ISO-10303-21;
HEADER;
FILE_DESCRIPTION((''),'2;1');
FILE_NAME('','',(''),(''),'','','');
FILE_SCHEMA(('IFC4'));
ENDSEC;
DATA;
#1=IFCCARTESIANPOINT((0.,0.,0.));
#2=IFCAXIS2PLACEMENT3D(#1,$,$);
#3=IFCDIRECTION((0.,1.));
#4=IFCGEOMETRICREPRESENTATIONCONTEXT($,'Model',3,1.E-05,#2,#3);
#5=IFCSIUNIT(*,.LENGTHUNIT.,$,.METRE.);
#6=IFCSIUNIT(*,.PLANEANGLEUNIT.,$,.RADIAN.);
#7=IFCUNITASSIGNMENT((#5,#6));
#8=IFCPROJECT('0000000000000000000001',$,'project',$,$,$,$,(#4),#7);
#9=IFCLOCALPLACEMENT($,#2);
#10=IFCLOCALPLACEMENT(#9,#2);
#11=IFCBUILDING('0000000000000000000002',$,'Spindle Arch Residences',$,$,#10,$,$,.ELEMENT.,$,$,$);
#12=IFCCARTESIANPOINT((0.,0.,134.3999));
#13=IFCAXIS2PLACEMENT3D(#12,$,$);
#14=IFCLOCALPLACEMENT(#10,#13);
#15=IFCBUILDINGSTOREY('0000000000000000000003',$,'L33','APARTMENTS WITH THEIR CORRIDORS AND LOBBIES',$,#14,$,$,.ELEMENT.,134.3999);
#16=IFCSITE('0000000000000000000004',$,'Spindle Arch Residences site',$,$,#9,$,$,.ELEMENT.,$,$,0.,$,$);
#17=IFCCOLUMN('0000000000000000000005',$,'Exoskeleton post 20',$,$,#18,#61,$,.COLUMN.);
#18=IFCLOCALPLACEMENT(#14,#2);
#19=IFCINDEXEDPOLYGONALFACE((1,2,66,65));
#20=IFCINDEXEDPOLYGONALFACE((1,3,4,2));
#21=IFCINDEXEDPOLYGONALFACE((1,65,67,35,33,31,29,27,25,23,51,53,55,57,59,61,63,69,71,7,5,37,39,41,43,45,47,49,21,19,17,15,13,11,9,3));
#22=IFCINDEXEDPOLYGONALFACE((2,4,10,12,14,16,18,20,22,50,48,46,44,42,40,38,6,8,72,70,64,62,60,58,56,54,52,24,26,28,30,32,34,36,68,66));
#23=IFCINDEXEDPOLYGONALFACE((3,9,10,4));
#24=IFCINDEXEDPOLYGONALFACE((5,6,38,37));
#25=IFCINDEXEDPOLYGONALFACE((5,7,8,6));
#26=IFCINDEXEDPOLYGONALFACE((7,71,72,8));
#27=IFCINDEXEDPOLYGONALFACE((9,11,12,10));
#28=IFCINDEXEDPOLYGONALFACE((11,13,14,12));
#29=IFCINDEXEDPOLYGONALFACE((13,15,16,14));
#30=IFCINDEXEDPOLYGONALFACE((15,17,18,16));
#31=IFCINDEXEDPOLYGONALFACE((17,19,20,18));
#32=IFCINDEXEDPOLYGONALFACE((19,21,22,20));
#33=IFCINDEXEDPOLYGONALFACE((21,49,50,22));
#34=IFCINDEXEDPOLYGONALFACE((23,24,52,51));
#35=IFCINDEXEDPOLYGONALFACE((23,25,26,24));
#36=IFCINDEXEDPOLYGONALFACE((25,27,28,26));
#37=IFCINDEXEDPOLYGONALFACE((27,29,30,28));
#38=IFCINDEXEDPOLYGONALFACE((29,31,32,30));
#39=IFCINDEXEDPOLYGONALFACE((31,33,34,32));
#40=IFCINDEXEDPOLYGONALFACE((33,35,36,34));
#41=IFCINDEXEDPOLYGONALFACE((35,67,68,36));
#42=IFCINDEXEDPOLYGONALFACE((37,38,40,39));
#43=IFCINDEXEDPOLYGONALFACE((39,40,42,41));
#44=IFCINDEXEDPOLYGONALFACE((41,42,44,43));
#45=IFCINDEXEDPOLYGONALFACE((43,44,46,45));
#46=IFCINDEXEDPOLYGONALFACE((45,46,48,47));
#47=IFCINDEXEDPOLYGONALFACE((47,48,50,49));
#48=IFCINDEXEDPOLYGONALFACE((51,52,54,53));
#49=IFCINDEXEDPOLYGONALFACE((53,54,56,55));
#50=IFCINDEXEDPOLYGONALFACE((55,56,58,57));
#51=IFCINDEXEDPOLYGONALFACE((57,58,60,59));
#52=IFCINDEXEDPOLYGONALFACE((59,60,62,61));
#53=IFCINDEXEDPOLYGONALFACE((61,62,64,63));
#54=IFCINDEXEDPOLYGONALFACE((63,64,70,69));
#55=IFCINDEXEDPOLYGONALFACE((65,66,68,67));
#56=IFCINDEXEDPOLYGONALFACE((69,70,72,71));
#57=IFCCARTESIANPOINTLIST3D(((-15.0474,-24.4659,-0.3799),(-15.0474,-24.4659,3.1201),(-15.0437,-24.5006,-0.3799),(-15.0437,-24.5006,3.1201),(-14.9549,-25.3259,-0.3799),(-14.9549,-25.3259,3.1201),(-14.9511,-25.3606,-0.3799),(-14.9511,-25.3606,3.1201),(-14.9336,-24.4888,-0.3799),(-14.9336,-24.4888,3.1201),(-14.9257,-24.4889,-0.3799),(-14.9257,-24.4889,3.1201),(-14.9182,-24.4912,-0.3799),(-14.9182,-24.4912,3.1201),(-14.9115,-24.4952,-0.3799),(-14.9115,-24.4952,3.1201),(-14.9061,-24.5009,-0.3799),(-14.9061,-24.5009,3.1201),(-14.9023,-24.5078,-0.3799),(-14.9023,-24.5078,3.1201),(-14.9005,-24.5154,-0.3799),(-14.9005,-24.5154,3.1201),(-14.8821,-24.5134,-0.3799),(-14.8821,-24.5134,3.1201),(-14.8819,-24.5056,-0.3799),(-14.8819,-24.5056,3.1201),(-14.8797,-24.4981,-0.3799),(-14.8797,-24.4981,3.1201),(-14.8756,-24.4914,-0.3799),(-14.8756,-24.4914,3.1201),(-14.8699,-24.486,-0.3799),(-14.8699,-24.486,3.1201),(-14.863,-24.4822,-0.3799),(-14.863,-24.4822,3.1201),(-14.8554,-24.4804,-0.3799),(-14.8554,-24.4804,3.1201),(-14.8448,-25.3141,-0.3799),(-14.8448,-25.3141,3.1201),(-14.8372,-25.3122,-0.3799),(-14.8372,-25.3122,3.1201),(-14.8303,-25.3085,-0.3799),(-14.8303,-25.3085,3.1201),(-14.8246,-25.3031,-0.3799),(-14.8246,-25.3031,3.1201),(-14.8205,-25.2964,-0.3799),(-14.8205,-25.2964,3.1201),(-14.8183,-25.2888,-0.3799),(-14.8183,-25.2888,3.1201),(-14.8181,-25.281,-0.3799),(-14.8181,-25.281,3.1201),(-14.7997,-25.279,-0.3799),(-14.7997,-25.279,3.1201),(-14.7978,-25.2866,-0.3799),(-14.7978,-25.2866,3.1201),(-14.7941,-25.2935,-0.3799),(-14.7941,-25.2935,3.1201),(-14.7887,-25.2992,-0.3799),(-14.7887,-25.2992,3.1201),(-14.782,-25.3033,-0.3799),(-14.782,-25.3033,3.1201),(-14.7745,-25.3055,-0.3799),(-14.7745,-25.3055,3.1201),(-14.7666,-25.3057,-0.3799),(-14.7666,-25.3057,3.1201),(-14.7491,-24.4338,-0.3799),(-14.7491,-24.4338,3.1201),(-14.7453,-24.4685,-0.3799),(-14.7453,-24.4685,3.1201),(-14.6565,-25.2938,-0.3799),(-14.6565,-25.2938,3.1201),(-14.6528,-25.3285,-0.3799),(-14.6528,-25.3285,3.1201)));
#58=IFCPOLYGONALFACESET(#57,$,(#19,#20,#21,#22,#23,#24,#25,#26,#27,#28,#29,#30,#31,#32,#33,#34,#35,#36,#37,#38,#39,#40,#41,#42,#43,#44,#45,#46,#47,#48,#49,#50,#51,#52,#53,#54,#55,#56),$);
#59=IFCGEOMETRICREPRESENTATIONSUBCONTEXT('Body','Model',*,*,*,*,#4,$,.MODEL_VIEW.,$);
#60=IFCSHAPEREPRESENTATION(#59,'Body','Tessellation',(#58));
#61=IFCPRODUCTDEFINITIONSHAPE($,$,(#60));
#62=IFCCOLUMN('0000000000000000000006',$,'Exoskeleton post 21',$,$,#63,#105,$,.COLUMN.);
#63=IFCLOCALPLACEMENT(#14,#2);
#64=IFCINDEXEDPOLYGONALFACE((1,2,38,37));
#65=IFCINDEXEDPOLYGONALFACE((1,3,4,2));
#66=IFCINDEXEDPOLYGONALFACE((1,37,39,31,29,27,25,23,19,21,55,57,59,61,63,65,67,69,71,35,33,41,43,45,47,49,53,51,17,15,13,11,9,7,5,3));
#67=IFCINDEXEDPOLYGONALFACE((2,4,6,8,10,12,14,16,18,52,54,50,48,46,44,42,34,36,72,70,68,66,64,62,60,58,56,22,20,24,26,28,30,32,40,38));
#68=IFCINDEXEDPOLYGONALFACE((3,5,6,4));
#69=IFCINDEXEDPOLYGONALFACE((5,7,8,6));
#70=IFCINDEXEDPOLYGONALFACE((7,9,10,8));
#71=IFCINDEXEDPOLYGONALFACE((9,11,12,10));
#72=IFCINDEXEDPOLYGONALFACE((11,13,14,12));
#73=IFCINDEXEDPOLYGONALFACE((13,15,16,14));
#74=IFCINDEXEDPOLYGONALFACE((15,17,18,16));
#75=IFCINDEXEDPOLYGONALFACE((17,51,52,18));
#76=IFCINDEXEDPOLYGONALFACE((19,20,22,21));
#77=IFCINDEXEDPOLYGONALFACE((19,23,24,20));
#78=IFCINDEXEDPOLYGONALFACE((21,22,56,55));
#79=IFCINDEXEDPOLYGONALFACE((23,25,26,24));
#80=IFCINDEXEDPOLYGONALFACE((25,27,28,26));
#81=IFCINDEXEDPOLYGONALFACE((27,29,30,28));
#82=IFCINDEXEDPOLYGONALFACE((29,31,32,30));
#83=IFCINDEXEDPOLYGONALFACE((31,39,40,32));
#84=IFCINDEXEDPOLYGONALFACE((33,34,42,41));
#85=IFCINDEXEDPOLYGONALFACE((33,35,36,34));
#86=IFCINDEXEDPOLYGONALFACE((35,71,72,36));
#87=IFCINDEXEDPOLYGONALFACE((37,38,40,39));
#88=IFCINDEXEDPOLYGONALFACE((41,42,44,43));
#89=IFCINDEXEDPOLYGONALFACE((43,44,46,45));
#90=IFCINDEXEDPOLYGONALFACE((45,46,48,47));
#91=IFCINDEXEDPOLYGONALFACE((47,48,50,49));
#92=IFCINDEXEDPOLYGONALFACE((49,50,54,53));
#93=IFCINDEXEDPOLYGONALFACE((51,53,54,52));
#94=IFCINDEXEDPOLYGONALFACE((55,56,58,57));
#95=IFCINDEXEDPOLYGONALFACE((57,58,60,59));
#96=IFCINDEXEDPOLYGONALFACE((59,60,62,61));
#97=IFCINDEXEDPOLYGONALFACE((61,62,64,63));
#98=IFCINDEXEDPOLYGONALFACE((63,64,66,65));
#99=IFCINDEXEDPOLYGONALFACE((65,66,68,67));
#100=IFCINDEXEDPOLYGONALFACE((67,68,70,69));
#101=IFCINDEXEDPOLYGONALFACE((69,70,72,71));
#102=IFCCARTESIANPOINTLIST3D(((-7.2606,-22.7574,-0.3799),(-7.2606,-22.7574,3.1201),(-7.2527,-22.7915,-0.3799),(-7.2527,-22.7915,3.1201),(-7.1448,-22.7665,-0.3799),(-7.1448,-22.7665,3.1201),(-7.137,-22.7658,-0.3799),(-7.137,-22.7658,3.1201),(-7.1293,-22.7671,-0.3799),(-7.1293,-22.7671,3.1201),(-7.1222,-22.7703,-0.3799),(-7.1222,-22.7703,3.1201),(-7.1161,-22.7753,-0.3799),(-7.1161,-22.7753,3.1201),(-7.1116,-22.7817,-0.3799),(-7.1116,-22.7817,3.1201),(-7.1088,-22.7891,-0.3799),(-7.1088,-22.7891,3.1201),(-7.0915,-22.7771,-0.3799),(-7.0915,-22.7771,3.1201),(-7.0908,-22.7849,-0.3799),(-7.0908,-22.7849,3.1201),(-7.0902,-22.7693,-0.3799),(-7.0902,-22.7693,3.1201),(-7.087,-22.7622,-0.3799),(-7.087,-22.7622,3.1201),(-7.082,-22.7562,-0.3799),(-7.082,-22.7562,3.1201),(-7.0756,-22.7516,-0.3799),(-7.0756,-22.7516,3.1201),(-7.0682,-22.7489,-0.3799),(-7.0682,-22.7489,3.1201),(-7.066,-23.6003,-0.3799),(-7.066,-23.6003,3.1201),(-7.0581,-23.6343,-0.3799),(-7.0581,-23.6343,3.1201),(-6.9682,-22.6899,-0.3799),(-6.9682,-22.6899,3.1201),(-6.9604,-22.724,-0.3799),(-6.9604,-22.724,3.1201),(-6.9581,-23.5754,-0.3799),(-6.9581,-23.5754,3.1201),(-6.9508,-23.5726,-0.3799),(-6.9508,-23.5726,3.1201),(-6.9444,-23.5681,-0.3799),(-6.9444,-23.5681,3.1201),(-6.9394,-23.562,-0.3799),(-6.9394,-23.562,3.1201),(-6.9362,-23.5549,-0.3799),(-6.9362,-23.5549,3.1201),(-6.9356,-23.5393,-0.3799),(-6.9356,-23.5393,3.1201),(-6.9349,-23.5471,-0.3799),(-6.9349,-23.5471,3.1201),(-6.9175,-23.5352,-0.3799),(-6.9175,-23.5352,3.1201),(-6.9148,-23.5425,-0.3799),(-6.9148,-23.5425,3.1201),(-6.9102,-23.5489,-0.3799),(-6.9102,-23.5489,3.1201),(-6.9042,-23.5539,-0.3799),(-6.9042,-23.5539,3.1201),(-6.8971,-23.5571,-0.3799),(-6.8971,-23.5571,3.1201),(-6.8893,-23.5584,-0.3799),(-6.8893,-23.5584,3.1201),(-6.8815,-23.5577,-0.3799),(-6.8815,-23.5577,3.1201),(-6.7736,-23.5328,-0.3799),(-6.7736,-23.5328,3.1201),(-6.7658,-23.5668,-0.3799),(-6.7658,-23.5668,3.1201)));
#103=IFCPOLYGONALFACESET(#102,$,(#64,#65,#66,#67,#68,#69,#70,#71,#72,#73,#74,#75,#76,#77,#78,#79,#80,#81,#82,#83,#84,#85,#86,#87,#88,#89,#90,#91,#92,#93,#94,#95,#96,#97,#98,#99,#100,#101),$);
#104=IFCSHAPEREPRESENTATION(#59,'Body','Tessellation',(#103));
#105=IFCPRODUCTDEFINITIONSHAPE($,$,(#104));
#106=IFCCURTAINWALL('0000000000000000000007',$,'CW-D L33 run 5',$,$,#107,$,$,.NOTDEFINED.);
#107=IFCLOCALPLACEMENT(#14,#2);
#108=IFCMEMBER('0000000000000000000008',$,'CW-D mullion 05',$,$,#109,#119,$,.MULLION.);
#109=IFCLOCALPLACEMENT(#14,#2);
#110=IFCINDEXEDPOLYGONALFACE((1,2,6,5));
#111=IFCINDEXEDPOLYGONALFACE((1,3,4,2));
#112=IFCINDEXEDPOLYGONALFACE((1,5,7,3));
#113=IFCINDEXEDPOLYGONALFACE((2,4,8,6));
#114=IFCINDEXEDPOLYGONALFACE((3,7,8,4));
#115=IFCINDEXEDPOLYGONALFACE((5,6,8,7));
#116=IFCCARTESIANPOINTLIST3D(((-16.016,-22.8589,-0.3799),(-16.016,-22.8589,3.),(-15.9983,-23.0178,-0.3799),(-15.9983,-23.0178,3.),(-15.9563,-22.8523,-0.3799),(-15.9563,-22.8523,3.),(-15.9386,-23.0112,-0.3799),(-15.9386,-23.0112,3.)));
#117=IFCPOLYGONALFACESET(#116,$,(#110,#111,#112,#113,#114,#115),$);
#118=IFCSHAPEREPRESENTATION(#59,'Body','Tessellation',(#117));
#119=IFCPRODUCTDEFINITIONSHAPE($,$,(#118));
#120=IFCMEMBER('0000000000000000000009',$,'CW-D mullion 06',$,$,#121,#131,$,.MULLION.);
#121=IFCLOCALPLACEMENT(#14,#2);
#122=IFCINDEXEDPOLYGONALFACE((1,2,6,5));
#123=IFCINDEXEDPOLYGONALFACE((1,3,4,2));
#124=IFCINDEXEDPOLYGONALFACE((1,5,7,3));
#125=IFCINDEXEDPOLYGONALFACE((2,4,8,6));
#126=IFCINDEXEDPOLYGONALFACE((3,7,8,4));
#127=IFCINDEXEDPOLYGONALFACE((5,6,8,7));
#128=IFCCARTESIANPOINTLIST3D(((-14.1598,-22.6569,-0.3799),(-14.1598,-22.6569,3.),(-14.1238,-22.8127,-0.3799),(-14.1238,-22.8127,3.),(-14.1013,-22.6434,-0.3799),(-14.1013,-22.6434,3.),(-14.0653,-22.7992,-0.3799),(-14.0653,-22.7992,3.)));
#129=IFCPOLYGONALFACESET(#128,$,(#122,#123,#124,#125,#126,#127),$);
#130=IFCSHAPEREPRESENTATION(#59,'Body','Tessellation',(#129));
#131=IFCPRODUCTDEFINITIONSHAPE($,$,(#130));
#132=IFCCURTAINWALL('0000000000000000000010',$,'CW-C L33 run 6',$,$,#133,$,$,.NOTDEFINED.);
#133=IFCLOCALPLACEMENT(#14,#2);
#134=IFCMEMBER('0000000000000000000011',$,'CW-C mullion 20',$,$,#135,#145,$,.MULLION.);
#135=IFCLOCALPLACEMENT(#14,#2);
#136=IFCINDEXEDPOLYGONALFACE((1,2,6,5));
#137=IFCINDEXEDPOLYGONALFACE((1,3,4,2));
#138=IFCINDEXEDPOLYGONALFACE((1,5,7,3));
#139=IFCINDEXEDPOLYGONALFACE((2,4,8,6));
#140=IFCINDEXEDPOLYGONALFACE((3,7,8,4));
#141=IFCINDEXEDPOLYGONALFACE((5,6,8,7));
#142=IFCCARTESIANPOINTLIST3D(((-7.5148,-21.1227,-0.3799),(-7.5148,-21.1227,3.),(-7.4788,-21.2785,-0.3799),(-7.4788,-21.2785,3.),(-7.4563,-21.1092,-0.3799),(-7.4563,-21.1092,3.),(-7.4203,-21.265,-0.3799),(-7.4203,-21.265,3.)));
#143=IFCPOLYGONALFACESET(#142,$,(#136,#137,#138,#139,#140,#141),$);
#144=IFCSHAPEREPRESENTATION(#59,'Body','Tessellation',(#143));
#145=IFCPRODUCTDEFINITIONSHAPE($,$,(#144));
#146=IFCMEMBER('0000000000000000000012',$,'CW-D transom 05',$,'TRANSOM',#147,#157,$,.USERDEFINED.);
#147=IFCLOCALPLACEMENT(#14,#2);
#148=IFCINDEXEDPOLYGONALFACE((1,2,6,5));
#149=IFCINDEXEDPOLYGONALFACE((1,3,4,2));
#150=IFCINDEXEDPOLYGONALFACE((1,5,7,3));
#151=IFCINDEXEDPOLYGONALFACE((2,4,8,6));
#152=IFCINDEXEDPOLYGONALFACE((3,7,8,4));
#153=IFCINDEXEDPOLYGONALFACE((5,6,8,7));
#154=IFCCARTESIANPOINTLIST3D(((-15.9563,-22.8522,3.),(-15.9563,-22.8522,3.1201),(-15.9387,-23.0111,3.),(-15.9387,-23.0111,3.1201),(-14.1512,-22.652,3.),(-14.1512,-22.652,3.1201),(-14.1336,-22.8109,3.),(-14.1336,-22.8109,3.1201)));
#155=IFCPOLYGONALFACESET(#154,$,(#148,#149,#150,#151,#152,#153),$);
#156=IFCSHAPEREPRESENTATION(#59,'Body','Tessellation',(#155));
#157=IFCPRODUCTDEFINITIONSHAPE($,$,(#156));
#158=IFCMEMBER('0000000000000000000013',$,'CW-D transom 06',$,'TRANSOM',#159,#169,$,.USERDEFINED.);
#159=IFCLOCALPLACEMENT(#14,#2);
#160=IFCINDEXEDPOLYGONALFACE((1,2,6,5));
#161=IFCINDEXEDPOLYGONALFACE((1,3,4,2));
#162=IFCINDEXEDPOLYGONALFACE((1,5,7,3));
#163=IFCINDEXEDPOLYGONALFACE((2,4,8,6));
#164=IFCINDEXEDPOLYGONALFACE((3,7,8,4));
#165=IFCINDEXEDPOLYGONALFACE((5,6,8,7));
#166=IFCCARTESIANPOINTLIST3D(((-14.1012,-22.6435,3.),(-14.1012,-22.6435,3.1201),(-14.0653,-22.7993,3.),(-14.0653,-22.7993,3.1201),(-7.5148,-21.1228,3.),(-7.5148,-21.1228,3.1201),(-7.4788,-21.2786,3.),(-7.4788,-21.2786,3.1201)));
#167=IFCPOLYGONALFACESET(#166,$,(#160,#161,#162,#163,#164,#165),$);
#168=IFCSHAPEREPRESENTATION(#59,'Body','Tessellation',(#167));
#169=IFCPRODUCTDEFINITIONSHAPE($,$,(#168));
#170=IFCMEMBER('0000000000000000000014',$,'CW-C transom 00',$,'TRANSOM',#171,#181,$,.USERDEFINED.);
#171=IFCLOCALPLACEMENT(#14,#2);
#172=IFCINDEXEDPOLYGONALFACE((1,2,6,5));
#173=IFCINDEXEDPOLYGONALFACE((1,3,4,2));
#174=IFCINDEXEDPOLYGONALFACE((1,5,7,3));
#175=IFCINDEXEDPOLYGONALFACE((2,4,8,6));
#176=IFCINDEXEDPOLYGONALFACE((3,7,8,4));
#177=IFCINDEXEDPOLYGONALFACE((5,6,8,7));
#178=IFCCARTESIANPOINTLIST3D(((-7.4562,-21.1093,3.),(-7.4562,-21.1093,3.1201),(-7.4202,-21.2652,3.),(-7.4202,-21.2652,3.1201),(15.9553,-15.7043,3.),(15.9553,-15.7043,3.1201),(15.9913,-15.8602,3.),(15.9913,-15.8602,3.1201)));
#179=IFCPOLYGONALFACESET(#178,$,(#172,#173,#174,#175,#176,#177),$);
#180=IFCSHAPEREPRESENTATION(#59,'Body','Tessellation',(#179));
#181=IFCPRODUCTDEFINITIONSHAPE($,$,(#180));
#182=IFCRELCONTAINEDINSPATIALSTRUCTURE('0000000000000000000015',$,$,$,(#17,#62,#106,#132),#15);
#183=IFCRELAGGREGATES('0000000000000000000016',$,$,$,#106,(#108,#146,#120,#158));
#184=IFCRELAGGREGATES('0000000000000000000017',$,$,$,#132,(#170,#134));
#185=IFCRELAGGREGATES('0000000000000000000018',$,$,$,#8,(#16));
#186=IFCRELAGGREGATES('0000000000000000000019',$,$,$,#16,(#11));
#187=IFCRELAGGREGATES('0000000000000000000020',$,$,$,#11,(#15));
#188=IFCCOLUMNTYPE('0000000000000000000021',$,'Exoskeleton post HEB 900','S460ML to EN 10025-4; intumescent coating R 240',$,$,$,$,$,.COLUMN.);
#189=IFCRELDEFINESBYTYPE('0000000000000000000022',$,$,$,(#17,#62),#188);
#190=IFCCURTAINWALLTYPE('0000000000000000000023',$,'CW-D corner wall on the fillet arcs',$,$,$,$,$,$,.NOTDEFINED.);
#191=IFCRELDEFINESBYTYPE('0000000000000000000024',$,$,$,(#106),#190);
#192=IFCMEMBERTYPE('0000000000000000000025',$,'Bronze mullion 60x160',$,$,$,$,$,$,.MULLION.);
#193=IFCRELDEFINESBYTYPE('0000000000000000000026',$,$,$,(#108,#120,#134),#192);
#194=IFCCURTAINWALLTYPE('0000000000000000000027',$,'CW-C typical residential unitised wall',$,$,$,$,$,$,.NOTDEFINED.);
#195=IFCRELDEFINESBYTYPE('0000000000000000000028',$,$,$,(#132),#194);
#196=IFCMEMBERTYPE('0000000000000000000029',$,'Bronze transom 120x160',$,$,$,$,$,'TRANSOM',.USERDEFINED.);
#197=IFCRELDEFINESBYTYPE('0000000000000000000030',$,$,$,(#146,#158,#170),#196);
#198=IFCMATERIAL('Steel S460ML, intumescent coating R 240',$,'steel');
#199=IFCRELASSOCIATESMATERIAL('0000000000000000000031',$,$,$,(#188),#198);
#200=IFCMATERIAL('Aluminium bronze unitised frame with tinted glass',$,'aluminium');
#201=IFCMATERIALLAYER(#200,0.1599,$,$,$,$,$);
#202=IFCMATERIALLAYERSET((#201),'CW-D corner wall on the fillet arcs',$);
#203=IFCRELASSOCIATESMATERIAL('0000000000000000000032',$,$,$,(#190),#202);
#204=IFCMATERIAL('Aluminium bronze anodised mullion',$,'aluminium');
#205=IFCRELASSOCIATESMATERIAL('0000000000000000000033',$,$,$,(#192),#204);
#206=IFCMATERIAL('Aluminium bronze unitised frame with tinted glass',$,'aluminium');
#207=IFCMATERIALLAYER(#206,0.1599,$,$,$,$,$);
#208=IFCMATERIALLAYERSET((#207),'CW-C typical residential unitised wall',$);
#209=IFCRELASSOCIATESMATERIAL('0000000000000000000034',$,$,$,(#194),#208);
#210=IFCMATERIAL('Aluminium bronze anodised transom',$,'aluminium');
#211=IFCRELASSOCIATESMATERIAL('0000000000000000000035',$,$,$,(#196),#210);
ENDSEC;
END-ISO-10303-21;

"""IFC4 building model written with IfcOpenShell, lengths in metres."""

from ifc_helpers import new_model, si_unit, direction, frame, origin, origin_2d, place, context, subcontext, project, spatial, rectangle, i_section, extrude, material, layer, layer_set, material_profile, profile_set, type_object, element, aggregate, save


model = new_model("IFC4")

# Units and contexts
model_context = context("Model", 3, precision=1e-05, world=origin(), true_north=direction((0.0, 1.0)))
body_context = subcontext(model_context, "Body", "Model", "MODEL_VIEW")
ifc_project = project(units=[si_unit("LENGTHUNIT", "METRE"), si_unit("PLANEANGLEUNIT", "RADIAN")], contexts=[model_context])

# Site, building, storey
site_placement = place(None, origin())
site = spatial("IfcSite", under=ifc_project, at=site_placement, Name="Spindle Arch Residences site", CompositionType="ELEMENT", RefElevation=0.0)
building_placement = place(site_placement, origin())
building = spatial("IfcBuilding", under=site, at=building_placement, Name="Spindle Arch Residences", CompositionType="ELEMENT")
storey_placement = place(building_placement, frame((0.0, 0.0, 134.3999)))
storey = spatial("IfcBuildingStorey", under=building, at=storey_placement, Name="L33", Description="APARTMENTS WITH THEIR CORRIDORS AND LOBBIES", CompositionType="ELEMENT", Elevation=134.3999)

# Columns
ifc_material_1 = material(Name="Steel S460ML, intumescent coating R 240", Category="steel")
ifc_material_profile_1 = material_profile(ifc_material_1, i_section(OverallWidth=0.3, OverallDepth=0.8999, WebThickness=0.0186, FlangeThickness=0.0349, FilletRadius=0.03, at=origin_2d()), Name="HEB 900")
ifc_profile_set_1 = profile_set([ifc_material_profile_1], Name="Steel S460ML, intumescent coating R 240")
column_type = type_object("IfcColumnType", Name="Exoskeleton post HEB 900", Description="S460ML to EN 10025-4; intumescent coating R 240", PredefinedType="COLUMN", material=ifc_profile_set_1)
for number, where, z_axis, x_axis, name in (
    (1, (-14.8501, -24.8972, -0.3799), (0.0, 0.0, 1.0), (-0.994264, -0.106952, 0.0), "Exoskeleton post 20"),
    (2, (-7.0132, -23.1621, -0.3799), (0.0, 0.0, 1.0), (-0.97437, -0.224951, 0.0), "Exoskeleton post 21"),
):
    element("IfcColumn", number, at=place(storey_placement, frame(where, z_axis=z_axis, x_axis=x_axis)), inside=storey, type_object=column_type, Name=name, PredefinedType="COLUMN", context=body_context, shape_type="SweptSolid", body=[
        extrude(i_section(OverallWidth=0.3, OverallDepth=0.8999, WebThickness=0.0186, FlangeThickness=0.0349, FilletRadius=0.03, at=origin_2d()), origin(), (0.0, 0.0, 1.0), 3.5),
    ])

# Curtain wall, members
ifc_material_2 = material(Name="Aluminium bronze unitised frame with tinted glass", Category="aluminium")
ifc_layer_1 = layer(ifc_material_2, 0.1599)
ifc_layer_set_1 = layer_set([ifc_layer_1], Name="CW-D corner wall on the fillet arcs")
curtain_wall_type_1 = type_object("IfcCurtainWallType", Name="CW-D corner wall on the fillet arcs", PredefinedType="NOTDEFINED", material=ifc_layer_set_1)
curtain_wall_1_placement = place(storey_placement, origin())
curtain_wall_1 = element("IfcCurtainWall", 3, at=curtain_wall_1_placement, inside=storey, type_object=curtain_wall_type_1, Name="CW-D L33 run 5", PredefinedType="NOTDEFINED")
ifc_material_3 = material(Name="Aluminium bronze anodised mullion", Category="aluminium")
ifc_material_profile_2 = material_profile(ifc_material_3, rectangle(XDim=0.1599, YDim=0.0601, at=origin_2d()), Name="MU 60x160")
ifc_profile_set_2 = profile_set([ifc_material_profile_2], Name="Aluminium bronze anodised mullion")
member_type_1 = type_object("IfcMemberType", Name="Bronze mullion 60x160", PredefinedType="MULLION", material=ifc_profile_set_2)
member_1_placement = place(storey_placement, frame((-15.9773, -22.9351, -0.3799), z_axis=(0.0, 0.0, 1.0), x_axis=(-0.110313, 0.993897, 0.0)))
member_1 = element("IfcMember", 4, at=member_1_placement, type_object=member_type_1, Name="CW-D mullion 05", PredefinedType="MULLION", context=body_context, shape_type="SweptSolid", body=[
    extrude(rectangle(XDim=0.1599, YDim=0.0601, at=origin_2d()), origin(), (0.0, 0.0, 1.0), 3.3799),
])
member_2_placement = place(storey_placement, frame((-14.1125, -22.728, -0.3799), z_axis=(0.0, 0.0, 1.0), x_axis=(-0.224951, 0.97437, 0.0)))
member_2 = element("IfcMember", 5, at=member_2_placement, type_object=member_type_1, Name="CW-D mullion 06", PredefinedType="MULLION", context=body_context, shape_type="SweptSolid", body=[
    extrude(rectangle(XDim=0.1599, YDim=0.0601, at=origin_2d()), origin(), (0.0, 0.0, 1.0), 3.3799),
])

# Curtain wall, member
ifc_material_4 = material(Name="Aluminium bronze unitised frame with tinted glass", Category="aluminium")
ifc_layer_2 = layer(ifc_material_4, 0.1599)
ifc_layer_set_2 = layer_set([ifc_layer_2], Name="CW-C typical residential unitised wall")
curtain_wall_type_2 = type_object("IfcCurtainWallType", Name="CW-C typical residential unitised wall", PredefinedType="NOTDEFINED", material=ifc_layer_set_2)
curtain_wall_2_placement = place(storey_placement, origin())
curtain_wall_2 = element("IfcCurtainWall", 6, at=curtain_wall_2_placement, inside=storey, type_object=curtain_wall_type_2, Name="CW-C L33 run 6", PredefinedType="NOTDEFINED")
member_3_placement = place(storey_placement, frame((-7.4675, -21.1938, -0.3799), z_axis=(0.0, 0.0, 1.0), x_axis=(-0.224951, 0.97437, 0.0)))
member_3 = element("IfcMember", 7, at=member_3_placement, type_object=member_type_1, Name="CW-C mullion 20", PredefinedType="MULLION", context=body_context, shape_type="SweptSolid", body=[
    extrude(rectangle(XDim=0.1599, YDim=0.0601, at=origin_2d()), origin(), (0.0, 0.0, 1.0), 3.3799),
])

# Members
ifc_material_5 = material(Name="Aluminium bronze anodised transom", Category="aluminium")
ifc_material_profile_3 = material_profile(ifc_material_5, rectangle(XDim=0.1599, YDim=0.1201, at=origin_2d()), Name="TR 120x160")
ifc_profile_set_3 = profile_set([ifc_material_profile_3], Name="Aluminium bronze anodised transom")
member_type_2 = type_object("IfcMemberType", Name="Bronze transom 120x160", ElementType="TRANSOM", PredefinedType="USERDEFINED", material=ifc_profile_set_3)
member_4_placement = place(storey_placement, frame((-15.9475, -22.9316, 3.0601), z_axis=(0.993907, 0.110225, 0.0), x_axis=(-0.110225, 0.993907, 0.0)))
member_4 = element("IfcMember", 8, at=member_4_placement, type_object=member_type_2, Name="CW-D transom 05", ObjectType="TRANSOM", PredefinedType="USERDEFINED", context=body_context, shape_type="SweptSolid", body=[
    extrude(rectangle(XDim=0.1599, YDim=0.1201, at=origin_2d()), origin(), (0.0, 0.0, 1.0), 1.8162),
])
member_5_placement = place(storey_placement, frame((-14.0833, -22.7214, 3.0601), z_axis=(0.974365, 0.224973, 0.0), x_axis=(-0.224973, 0.974365, 0.0)))
member_5 = element("IfcMember", 9, at=member_5_placement, type_object=member_type_2, Name="CW-D transom 06", ObjectType="TRANSOM", PredefinedType="USERDEFINED", context=body_context, shape_type="SweptSolid", body=[
    extrude(rectangle(XDim=0.1599, YDim=0.1201, at=origin_2d()), origin(), (0.0, 0.0, 1.0), 6.7598),
])
member_6_placement = place(storey_placement, frame((-7.4382, -21.1873, 3.0601), z_axis=(0.97437, 0.224952, 0.0), x_axis=(-0.224952, 0.97437, 0.0)))
member_6 = element("IfcMember", 10, at=member_6_placement, type_object=member_type_2, Name="CW-C transom 00", ObjectType="TRANSOM", PredefinedType="USERDEFINED", context=body_context, shape_type="SweptSolid", body=[
    extrude(rectangle(XDim=0.1599, YDim=0.1201, at=origin_2d()), origin(), (0.0, 0.0, 1.0), 24.0273),
])

aggregate(curtain_wall_1, [member_1, member_4, member_2, member_5])
aggregate(curtain_wall_2, [member_6, member_3])

save(model, "model.ifc")
